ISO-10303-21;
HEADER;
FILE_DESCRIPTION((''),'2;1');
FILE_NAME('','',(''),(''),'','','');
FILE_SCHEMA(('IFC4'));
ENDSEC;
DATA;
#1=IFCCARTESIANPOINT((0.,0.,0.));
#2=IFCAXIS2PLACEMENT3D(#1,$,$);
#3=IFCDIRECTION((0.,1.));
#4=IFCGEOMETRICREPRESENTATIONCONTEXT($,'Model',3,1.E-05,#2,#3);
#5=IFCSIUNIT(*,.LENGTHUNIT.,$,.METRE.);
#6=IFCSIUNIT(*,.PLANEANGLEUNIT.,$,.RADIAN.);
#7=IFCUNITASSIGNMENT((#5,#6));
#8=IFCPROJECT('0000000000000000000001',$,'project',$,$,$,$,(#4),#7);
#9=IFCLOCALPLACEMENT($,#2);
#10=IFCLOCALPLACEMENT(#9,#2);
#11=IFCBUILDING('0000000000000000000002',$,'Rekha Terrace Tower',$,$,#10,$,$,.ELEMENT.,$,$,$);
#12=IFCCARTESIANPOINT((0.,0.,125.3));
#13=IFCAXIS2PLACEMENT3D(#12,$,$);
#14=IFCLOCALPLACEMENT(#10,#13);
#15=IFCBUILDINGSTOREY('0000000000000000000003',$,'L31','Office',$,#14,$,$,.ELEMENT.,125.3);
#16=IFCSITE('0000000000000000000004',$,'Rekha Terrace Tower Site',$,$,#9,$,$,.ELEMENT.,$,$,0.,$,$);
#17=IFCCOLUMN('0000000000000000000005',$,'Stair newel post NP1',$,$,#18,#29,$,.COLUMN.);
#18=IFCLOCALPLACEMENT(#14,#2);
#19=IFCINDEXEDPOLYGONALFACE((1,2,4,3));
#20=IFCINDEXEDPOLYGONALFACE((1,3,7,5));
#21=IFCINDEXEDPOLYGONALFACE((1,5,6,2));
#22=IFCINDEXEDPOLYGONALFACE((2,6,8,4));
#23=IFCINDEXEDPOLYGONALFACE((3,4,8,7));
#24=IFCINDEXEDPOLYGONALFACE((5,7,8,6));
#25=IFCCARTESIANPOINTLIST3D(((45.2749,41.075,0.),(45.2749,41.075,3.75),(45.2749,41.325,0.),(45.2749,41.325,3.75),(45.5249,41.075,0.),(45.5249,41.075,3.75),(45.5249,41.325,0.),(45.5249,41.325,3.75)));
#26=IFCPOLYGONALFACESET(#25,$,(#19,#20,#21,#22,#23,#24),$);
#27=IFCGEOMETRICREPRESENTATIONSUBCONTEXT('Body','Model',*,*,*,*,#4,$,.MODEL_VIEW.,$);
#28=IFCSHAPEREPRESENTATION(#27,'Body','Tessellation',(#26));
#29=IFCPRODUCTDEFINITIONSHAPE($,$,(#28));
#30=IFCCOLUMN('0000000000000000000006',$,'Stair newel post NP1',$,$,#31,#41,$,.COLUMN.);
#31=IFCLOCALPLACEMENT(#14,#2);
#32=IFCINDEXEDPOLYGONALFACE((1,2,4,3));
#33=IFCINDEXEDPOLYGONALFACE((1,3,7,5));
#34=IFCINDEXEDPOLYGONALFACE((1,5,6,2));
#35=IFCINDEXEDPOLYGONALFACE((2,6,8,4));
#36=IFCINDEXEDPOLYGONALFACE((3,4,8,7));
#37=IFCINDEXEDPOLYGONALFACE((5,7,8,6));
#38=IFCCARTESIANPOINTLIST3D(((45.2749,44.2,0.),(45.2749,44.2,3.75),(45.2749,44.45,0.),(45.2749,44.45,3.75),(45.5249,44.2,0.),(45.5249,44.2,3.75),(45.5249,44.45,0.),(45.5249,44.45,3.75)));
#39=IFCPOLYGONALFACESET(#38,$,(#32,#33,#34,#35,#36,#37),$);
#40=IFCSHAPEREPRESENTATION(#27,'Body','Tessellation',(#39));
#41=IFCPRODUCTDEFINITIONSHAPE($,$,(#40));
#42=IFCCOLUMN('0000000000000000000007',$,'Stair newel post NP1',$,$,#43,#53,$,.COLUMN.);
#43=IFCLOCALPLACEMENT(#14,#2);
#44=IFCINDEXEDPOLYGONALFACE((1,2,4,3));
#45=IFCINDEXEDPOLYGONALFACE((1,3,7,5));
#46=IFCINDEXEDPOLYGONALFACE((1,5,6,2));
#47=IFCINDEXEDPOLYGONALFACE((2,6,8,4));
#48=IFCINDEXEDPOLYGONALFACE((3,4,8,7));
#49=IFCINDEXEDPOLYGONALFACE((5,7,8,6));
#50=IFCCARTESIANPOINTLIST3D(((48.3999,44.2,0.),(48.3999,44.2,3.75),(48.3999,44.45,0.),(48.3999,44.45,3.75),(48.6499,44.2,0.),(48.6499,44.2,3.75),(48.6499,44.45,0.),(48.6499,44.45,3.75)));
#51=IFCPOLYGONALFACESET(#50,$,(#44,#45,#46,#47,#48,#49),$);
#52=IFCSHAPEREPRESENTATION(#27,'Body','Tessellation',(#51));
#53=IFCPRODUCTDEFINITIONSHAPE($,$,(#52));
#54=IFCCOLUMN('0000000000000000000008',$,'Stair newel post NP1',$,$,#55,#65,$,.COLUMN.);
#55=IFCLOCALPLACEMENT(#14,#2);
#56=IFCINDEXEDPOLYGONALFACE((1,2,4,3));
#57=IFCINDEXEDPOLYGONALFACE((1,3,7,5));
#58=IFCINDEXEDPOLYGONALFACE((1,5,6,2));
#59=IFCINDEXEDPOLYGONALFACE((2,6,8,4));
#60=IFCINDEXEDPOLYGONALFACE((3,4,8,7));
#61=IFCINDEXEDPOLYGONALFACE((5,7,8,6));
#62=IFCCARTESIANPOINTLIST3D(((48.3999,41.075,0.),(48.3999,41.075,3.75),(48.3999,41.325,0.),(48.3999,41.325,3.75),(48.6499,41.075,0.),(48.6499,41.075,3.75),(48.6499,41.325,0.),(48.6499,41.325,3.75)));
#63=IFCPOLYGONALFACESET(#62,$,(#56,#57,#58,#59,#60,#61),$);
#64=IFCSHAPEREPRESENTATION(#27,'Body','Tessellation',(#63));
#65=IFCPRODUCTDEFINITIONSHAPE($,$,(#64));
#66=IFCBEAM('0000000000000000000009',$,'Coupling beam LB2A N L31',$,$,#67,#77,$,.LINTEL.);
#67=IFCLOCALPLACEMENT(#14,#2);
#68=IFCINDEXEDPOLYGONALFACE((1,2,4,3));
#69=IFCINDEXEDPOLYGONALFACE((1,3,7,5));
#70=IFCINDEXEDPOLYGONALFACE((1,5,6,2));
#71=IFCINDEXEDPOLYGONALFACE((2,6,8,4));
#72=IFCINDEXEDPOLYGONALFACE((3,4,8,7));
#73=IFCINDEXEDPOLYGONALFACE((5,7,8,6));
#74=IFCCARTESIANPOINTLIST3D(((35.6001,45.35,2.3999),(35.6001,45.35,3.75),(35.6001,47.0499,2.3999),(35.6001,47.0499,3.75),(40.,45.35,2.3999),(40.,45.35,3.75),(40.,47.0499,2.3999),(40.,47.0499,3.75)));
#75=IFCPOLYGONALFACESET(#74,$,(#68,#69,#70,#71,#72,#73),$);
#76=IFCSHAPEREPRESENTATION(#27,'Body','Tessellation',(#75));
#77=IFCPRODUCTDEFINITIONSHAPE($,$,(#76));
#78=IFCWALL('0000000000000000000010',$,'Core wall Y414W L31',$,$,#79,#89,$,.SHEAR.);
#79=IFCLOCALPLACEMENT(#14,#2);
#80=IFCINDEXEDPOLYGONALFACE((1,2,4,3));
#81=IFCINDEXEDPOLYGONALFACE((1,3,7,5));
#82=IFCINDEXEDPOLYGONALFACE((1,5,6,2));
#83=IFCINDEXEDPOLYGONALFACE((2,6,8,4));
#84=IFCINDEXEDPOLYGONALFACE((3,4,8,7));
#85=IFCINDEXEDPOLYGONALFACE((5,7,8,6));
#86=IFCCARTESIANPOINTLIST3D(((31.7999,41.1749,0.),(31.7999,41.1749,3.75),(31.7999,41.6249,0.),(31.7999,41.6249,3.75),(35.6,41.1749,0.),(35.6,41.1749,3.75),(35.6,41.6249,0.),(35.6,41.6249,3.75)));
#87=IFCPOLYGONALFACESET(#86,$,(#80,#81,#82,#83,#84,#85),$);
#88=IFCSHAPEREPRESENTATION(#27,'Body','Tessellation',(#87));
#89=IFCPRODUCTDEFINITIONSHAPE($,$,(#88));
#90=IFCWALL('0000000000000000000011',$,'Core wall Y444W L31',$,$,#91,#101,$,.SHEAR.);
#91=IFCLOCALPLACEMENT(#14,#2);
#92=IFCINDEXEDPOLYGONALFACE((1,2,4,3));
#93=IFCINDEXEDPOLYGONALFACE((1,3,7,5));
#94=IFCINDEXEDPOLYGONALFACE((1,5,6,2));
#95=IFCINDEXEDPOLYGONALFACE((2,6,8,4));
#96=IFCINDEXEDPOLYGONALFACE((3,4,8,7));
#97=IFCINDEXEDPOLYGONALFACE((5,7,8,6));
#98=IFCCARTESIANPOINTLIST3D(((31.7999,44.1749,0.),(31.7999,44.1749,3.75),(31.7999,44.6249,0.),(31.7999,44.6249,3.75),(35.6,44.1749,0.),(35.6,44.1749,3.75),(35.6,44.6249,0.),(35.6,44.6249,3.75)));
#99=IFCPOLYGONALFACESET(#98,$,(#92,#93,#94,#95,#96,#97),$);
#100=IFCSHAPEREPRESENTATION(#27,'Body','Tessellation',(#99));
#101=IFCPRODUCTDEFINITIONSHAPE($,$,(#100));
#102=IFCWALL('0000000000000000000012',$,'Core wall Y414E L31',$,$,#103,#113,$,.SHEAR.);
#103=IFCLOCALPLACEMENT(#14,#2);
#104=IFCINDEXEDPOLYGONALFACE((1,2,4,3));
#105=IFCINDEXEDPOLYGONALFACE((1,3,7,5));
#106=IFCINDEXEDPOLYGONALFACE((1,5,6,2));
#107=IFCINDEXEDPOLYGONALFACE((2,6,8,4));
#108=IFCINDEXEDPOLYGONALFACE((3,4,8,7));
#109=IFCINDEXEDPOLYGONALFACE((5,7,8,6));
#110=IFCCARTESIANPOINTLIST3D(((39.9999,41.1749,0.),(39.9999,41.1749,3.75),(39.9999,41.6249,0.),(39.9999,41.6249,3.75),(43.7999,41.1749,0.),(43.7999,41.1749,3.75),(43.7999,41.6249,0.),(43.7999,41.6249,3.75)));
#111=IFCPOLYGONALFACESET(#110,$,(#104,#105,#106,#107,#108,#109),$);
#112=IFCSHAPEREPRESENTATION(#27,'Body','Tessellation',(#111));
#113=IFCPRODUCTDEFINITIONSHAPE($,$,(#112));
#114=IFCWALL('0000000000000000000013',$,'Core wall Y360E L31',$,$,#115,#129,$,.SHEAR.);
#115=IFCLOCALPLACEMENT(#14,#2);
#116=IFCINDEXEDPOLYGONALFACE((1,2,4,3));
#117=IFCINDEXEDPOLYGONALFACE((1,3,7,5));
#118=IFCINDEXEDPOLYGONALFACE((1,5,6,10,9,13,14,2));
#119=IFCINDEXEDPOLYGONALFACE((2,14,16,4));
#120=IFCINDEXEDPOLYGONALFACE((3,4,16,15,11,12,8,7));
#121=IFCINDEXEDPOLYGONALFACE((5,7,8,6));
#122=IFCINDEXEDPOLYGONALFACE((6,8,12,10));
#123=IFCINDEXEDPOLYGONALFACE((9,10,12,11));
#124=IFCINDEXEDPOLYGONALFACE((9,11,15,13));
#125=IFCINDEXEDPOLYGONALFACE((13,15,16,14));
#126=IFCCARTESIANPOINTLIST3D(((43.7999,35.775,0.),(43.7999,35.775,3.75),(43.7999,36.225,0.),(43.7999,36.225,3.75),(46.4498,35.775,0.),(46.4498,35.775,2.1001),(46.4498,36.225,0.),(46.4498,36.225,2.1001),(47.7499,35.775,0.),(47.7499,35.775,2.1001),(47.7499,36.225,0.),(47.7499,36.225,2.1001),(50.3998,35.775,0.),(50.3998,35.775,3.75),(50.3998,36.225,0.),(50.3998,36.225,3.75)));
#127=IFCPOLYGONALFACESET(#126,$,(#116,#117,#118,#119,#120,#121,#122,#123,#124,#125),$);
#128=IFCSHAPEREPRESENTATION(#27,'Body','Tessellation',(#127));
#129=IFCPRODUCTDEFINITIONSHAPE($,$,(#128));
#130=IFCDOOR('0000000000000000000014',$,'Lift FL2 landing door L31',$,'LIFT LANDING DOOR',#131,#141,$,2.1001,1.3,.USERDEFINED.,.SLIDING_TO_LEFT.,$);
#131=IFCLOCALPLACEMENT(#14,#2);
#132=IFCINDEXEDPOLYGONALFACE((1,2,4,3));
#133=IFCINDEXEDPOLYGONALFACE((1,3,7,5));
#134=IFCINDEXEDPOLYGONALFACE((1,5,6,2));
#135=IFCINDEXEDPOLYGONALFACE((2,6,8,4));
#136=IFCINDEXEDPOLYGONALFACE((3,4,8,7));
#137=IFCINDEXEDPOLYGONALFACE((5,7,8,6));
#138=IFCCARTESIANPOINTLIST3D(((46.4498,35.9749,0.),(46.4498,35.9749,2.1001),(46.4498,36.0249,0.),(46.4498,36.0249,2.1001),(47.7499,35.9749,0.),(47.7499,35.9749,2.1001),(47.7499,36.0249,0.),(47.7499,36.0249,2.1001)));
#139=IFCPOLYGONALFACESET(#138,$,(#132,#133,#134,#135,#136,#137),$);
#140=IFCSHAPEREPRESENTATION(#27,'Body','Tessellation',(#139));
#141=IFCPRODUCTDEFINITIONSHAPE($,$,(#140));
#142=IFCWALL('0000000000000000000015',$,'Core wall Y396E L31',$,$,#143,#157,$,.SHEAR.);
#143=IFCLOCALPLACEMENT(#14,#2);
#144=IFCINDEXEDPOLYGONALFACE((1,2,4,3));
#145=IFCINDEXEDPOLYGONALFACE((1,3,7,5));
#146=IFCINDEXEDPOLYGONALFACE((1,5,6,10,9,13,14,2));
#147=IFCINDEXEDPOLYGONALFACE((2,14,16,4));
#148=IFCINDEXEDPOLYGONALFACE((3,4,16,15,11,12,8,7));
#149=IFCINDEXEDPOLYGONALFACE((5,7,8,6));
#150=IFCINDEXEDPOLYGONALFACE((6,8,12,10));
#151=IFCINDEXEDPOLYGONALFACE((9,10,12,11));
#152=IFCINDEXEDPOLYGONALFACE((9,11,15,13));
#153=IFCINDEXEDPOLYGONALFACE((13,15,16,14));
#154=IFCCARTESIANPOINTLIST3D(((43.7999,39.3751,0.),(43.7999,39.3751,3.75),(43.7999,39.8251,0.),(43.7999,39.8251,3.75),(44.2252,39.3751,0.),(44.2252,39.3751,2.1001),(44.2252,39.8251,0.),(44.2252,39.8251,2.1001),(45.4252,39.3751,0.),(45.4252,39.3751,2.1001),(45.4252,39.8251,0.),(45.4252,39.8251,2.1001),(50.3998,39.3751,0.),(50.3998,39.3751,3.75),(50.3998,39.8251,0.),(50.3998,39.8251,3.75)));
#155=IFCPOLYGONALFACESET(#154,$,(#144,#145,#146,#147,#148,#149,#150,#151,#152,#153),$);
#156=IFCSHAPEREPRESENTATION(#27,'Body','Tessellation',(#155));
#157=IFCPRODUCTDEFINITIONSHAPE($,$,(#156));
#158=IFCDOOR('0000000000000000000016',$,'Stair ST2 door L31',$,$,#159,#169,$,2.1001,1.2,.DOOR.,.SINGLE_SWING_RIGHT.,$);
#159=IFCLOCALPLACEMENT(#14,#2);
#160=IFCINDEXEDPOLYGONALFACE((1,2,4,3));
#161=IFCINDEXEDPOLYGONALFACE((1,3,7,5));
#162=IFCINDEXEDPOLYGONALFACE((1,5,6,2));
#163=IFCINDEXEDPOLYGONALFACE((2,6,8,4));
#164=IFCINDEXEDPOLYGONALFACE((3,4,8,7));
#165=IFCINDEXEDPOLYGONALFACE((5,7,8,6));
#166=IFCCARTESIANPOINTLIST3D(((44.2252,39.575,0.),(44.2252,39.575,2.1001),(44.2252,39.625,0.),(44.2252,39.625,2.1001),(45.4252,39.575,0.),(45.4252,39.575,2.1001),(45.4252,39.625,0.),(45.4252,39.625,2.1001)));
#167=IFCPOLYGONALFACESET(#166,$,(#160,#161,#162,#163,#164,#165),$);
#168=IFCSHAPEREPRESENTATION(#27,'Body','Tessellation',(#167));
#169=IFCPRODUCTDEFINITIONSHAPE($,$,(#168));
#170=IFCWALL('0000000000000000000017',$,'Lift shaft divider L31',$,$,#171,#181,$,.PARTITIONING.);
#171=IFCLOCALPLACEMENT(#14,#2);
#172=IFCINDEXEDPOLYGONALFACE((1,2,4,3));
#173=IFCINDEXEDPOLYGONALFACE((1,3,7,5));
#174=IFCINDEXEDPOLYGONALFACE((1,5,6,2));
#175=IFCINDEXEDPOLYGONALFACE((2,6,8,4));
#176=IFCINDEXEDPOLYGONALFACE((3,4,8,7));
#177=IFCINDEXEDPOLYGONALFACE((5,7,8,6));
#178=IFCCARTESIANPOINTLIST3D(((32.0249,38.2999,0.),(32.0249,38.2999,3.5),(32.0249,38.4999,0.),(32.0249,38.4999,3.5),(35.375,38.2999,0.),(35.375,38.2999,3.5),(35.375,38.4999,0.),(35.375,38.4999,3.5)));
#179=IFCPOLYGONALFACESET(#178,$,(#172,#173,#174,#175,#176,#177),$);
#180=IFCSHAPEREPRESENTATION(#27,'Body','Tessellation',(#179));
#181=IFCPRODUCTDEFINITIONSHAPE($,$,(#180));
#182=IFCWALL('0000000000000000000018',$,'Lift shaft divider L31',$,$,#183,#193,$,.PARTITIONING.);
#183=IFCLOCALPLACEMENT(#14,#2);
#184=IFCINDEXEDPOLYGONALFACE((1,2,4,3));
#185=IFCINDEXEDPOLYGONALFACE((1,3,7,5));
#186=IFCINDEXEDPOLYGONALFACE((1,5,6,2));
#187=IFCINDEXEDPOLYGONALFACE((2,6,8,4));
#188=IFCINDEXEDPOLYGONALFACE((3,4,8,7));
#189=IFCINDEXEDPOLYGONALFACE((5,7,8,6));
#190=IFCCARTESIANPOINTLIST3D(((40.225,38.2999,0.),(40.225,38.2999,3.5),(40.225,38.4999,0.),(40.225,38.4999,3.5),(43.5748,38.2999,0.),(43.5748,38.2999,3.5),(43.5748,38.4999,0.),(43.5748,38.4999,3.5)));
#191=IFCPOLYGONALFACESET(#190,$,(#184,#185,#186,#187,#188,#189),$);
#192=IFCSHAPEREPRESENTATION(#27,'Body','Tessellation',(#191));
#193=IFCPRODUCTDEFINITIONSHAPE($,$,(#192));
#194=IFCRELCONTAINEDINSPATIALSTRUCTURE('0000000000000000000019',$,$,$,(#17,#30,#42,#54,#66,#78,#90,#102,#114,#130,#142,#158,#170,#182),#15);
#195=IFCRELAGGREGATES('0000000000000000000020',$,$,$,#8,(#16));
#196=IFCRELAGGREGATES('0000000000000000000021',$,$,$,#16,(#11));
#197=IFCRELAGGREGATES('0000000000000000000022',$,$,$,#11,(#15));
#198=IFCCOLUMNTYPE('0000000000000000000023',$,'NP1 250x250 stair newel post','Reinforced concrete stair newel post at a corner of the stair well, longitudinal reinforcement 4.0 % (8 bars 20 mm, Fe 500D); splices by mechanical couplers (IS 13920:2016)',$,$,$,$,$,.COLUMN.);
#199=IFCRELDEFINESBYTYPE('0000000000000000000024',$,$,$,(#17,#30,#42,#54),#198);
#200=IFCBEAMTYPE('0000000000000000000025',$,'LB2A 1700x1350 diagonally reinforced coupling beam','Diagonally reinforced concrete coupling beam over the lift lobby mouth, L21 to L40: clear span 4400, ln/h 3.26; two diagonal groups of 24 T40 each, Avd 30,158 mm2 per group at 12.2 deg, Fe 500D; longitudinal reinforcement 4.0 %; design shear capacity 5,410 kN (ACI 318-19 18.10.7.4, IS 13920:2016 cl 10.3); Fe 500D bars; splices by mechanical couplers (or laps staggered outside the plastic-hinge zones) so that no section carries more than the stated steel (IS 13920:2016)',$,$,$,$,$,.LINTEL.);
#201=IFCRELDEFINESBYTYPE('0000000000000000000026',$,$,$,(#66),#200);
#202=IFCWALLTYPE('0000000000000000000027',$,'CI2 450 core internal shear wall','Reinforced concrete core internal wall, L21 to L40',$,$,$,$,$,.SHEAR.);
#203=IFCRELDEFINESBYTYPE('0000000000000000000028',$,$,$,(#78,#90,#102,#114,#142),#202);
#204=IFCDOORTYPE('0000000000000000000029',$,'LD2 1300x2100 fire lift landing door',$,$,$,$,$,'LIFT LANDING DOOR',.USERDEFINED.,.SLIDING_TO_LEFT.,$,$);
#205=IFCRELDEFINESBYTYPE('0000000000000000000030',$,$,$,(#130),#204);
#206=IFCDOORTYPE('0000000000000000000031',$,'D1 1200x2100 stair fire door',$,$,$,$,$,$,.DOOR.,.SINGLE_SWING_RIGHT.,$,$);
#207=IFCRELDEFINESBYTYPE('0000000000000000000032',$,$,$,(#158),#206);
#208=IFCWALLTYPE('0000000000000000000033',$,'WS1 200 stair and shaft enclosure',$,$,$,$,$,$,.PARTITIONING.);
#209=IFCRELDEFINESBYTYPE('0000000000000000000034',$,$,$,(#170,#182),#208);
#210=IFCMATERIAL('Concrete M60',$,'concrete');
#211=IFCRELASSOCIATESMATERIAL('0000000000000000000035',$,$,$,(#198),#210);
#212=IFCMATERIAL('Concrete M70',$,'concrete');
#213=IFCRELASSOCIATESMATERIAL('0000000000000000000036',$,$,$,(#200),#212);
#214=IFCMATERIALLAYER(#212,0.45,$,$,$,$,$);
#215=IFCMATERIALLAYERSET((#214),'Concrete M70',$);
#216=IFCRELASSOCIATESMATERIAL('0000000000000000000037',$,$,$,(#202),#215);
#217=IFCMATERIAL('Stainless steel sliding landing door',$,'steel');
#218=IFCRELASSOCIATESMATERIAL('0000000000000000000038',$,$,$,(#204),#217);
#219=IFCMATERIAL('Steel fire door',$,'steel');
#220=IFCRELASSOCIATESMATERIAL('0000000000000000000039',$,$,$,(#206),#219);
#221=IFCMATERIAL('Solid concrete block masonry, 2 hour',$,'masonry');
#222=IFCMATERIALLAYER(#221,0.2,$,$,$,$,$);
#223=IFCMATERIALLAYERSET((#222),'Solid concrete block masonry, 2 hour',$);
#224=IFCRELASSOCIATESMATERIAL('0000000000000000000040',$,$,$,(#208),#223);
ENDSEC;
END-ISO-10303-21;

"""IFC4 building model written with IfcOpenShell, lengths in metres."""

from ifc_helpers import new_model, si_unit, direction, frame, frame_2d, origin, origin_2d, place, context, subcontext, project, spatial, rectangle, extrude, material, layer, layer_set, material_profile, profile_set, type_object, element, fill, save


model = new_model("IFC4")

# Units and contexts
model_context = context("Model", 3, precision=1e-05, world=origin(), true_north=direction((0.0, 1.0)))
body_context = subcontext(model_context, "Body", "Model", "MODEL_VIEW")
ifc_project = project(units=[si_unit("LENGTHUNIT", "METRE"), si_unit("PLANEANGLEUNIT", "RADIAN")], contexts=[model_context])

# Site, building, storey
site_placement = place(None, origin())
site = spatial("IfcSite", under=ifc_project, at=site_placement, Name="Rekha Terrace Tower Site", CompositionType="ELEMENT", RefElevation=0.0)
building_placement = place(site_placement, origin())
building = spatial("IfcBuilding", under=site, at=building_placement, Name="Rekha Terrace Tower", CompositionType="ELEMENT")
storey_placement = place(building_placement, frame((0.0, 0.0, 125.3)))
storey = spatial("IfcBuildingStorey", under=building, at=storey_placement, Name="L31", Description="Office", CompositionType="ELEMENT", Elevation=125.3)

# Columns
ifc_material_1 = material(Name="Concrete M60", Category="concrete")
ifc_material_profile_1 = material_profile(ifc_material_1, rectangle(XDim=0.25, YDim=0.25, at=origin_2d()), Name="RC 250x250")
ifc_profile_set_1 = profile_set([ifc_material_profile_1], Name="Concrete M60")
column_type = type_object("IfcColumnType", Name="NP1 250x250 stair newel post", Description="Reinforced concrete stair newel post at a corner of the stair well, longitudinal reinforcement 4.0 % (8 bars 20 mm, Fe 500D); splices by mechanical couplers (IS 13920:2016)", PredefinedType="COLUMN", material=ifc_profile_set_1)
for number, where, z_axis, x_axis, name in (
    (1, (45.3999, 41.2, 0.0), (0.0, 0.0, 1.0), (1.0, 0.0, 0.0), "Stair newel post NP1"),
    (2, (45.3999, 44.325, 0.0), (0.0, 0.0, 1.0), (1.0, 0.0, 0.0), "Stair newel post NP1"),
    (3, (48.5249, 44.325, 0.0), (0.0, 0.0, 1.0), (1.0, 0.0, 0.0), "Stair newel post NP1"),
    (4, (48.5249, 41.2, 0.0), (0.0, 0.0, 1.0), (1.0, 0.0, 0.0), "Stair newel post NP1"),
):
    element("IfcColumn", number, at=place(storey_placement, frame(where, z_axis=z_axis, x_axis=x_axis)), inside=storey, type_object=column_type, Name=name, PredefinedType="COLUMN", context=body_context, shape_type="SweptSolid", body=[
        extrude(rectangle(XDim=0.25, YDim=0.25, at=origin_2d()), origin(), (0.0, 0.0, 1.0), 3.75),
    ])

# Beam
ifc_material_2 = material(Name="Concrete M70", Category="concrete")
ifc_material_profile_2 = material_profile(ifc_material_2, rectangle(XDim=1.7, YDim=1.3501, at=origin_2d()), Name="RC 1700x1350")
ifc_profile_set_2 = profile_set([ifc_material_profile_2], Name="Concrete M70")
beam_type = type_object("IfcBeamType", Name="LB2A 1700x1350 diagonally reinforced coupling beam", Description="Diagonally reinforced concrete coupling beam over the lift lobby mouth, L21 to L40: clear span 4400, ln/h 3.26; two diagonal groups of 24 T40 each, Avd 30,158 mm2 per group at 12.2 deg, Fe 500D; longitudinal reinforcement 4.0 %; design shear capacity 5,410 kN (ACI 318-19 18.10.7.4, IS 13920:2016 cl 10.3); Fe 500D bars; splices by mechanical couplers (or laps staggered outside the plastic-hinge zones) so that no section carries more than the stated steel (IS 13920:2016)", PredefinedType="LINTEL", material=ifc_profile_set_2)
beam_placement = place(storey_placement, frame((35.6001, 46.2, 3.075), z_axis=(1.0, 0.0, 0.0), x_axis=(0.0, 1.0, 0.0)))
element("IfcBeam", 5, at=beam_placement, inside=storey, type_object=beam_type, Name="Coupling beam LB2A N L31", PredefinedType="LINTEL", context=body_context, shape_type="SweptSolid", body=[
    extrude(rectangle(XDim=1.7, YDim=1.3501, at=origin_2d()), origin(), (0.0, 0.0, 1.0), 4.3999),
])

# Walls
ifc_layer_1 = layer(ifc_material_2, 0.45)
ifc_layer_set_1 = layer_set([ifc_layer_1], Name="Concrete M70")
wall_type_1 = type_object("IfcWallType", Name="CI2 450 core internal shear wall", Description="Reinforced concrete core internal wall, L21 to L40", PredefinedType="SHEAR", material=ifc_layer_set_1)
for number, where, z_axis, x_axis, name in (
    (6, (31.8, 41.3999, 0.0), (0.0, 0.0, 1.0), (1.0, 0.0, 0.0), "Core wall Y414W L31"),
    (7, (31.8, 44.3999, 0.0), (0.0, 0.0, 1.0), (1.0, 0.0, 0.0), "Core wall Y444W L31"),
    (8, (40.0, 41.3999, 0.0), (0.0, 0.0, 1.0), (1.0, 0.0, 0.0), "Core wall Y414E L31"),
):
    element("IfcWall", number, at=place(storey_placement, frame(where, z_axis=z_axis, x_axis=x_axis)), inside=storey, type_object=wall_type_1, Name=name, PredefinedType="SHEAR", context=body_context, shape_type="SweptSolid", body=[
        extrude(rectangle(XDim=3.8, YDim=0.45, at=frame_2d((1.8999, 0.0))), origin(), (0.0, 0.0, 1.0), 3.75),
    ])

# Walls, openings, doors
wall_1_placement = place(storey_placement, frame((43.8, 36.0, 0.0), z_axis=(0.0, 0.0, 1.0), x_axis=(1.0, 0.0, 0.0)))
wall_1 = element("IfcWall", 9, at=wall_1_placement, inside=storey, type_object=wall_type_1, Name="Core wall Y360E L31", PredefinedType="SHEAR", context=body_context, shape_type="SweptSolid", body=[
    extrude(rectangle(XDim=6.5999, YDim=0.45, at=frame_2d((3.2998, 0.0))), origin(), (0.0, 0.0, 1.0), 3.75),
])
opening_1_placement = place(wall_1_placement, frame((2.6499, 0.0, 0.0)))
opening_1 = element("IfcOpeningElement", 10, at=opening_1_placement, cuts=wall_1, PredefinedType="OPENING", context=body_context, shape_type="SweptSolid", body=[
    extrude(rectangle(XDim=1.3, YDim=2.1001, at=frame_2d((0.6499, 1.05))), frame((0.0, 0.2349, 0.0), z_axis=(0.0, -1.0, 0.0), x_axis=(1.0, 0.0, 0.0)), (0.0, 0.0, 1.0), 0.47),
])
ifc_material_3 = material(Name="Stainless steel sliding landing door", Category="steel")
door_type_1 = type_object("IfcDoorType", Name="LD2 1300x2100 fire lift landing door", ElementType="LIFT LANDING DOOR", OperationType="SLIDING_TO_LEFT", PredefinedType="USERDEFINED", material=ifc_material_3)
door_1_placement = place(opening_1_placement, origin())
door_1 = element("IfcDoor", 11, at=door_1_placement, inside=storey, type_object=door_type_1, Name="Lift FL2 landing door L31", ObjectType="LIFT LANDING DOOR", OperationType="SLIDING_TO_LEFT", OverallHeight=2.1001, OverallWidth=1.3, PredefinedType="USERDEFINED", context=body_context, shape_type="SweptSolid", body=[
    extrude(rectangle(XDim=1.3, YDim=2.1001, at=frame_2d((0.6499, 1.05))), frame((0.0, 0.0249, 0.0), z_axis=(0.0, -1.0, 0.0), x_axis=(1.0, 0.0, 0.0)), (0.0, 0.0, 1.0), 0.05),
])
fill(opening_1, door_1)
wall_2_placement = place(storey_placement, frame((43.8, 39.6001, 0.0), z_axis=(0.0, 0.0, 1.0), x_axis=(1.0, 0.0, 0.0)))
wall_2 = element("IfcWall", 12, at=wall_2_placement, inside=storey, type_object=wall_type_1, Name="Core wall Y396E L31", PredefinedType="SHEAR", context=body_context, shape_type="SweptSolid", body=[
    extrude(rectangle(XDim=6.5999, YDim=0.45, at=frame_2d((3.2998, 0.0))), origin(), (0.0, 0.0, 1.0), 3.75),
])
opening_2_placement = place(wall_2_placement, frame((0.425, 0.0, 0.0)))
opening_2 = element("IfcOpeningElement", 13, at=opening_2_placement, cuts=wall_2, PredefinedType="OPENING", context=body_context, shape_type="SweptSolid", body=[
    extrude(rectangle(XDim=1.2, YDim=2.1001, at=frame_2d((0.6001, 1.05))), frame((0.0, 0.2349, 0.0), z_axis=(0.0, -1.0, 0.0), x_axis=(1.0, 0.0, 0.0)), (0.0, 0.0, 1.0), 0.47),
])
ifc_material_4 = material(Name="Steel fire door", Category="steel")
door_type_2 = type_object("IfcDoorType", Name="D1 1200x2100 stair fire door", OperationType="SINGLE_SWING_RIGHT", PredefinedType="DOOR", material=ifc_material_4)
door_2_placement = place(opening_2_placement, origin())
door_2 = element("IfcDoor", 14, at=door_2_placement, inside=storey, type_object=door_type_2, Name="Stair ST2 door L31", OperationType="SINGLE_SWING_RIGHT", OverallHeight=2.1001, OverallWidth=1.2, PredefinedType="DOOR", context=body_context, shape_type="SweptSolid", body=[
    extrude(rectangle(XDim=1.2, YDim=2.1001, at=frame_2d((0.6001, 1.05))), frame((0.0, 0.0249, 0.0), z_axis=(0.0, -1.0, 0.0), x_axis=(1.0, 0.0, 0.0)), (0.0, 0.0, 1.0), 0.05),
])
fill(opening_2, door_2)

# Walls
ifc_material_5 = material(Name="Solid concrete block masonry, 2 hour", Category="masonry")
ifc_layer_2 = layer(ifc_material_5, 0.2)
ifc_layer_set_2 = layer_set([ifc_layer_2], Name="Solid concrete block masonry, 2 hour")
wall_type_2 = type_object("IfcWallType", Name="WS1 200 stair and shaft enclosure", PredefinedType="PARTITIONING", material=ifc_layer_set_2)
wall_3_placement = place(storey_placement, frame((32.0249, 38.3999, 0.0), z_axis=(0.0, 0.0, 1.0), x_axis=(1.0, 0.0, 0.0)))
element("IfcWall", 15, at=wall_3_placement, inside=storey, type_object=wall_type_2, Name="Lift shaft divider L31", PredefinedType="PARTITIONING", context=body_context, shape_type="SweptSolid", body=[
    extrude(rectangle(XDim=3.3501, YDim=0.2, at=frame_2d((1.675, 0.0))), origin(), (0.0, 0.0, 1.0), 3.5),
])
wall_4_placement = place(storey_placement, frame((40.2251, 38.3999, 0.0), z_axis=(0.0, 0.0, 1.0), x_axis=(1.0, 0.0, 0.0)))
element("IfcWall", 16, at=wall_4_placement, inside=storey, type_object=wall_type_2, Name="Lift shaft divider L31", PredefinedType="PARTITIONING", context=body_context, shape_type="SweptSolid", body=[
    extrude(rectangle(XDim=3.3499, YDim=0.2, at=frame_2d((1.6748, 0.0))), origin(), (0.0, 0.0, 1.0), 3.5),
])

save(model, "model.ifc")
